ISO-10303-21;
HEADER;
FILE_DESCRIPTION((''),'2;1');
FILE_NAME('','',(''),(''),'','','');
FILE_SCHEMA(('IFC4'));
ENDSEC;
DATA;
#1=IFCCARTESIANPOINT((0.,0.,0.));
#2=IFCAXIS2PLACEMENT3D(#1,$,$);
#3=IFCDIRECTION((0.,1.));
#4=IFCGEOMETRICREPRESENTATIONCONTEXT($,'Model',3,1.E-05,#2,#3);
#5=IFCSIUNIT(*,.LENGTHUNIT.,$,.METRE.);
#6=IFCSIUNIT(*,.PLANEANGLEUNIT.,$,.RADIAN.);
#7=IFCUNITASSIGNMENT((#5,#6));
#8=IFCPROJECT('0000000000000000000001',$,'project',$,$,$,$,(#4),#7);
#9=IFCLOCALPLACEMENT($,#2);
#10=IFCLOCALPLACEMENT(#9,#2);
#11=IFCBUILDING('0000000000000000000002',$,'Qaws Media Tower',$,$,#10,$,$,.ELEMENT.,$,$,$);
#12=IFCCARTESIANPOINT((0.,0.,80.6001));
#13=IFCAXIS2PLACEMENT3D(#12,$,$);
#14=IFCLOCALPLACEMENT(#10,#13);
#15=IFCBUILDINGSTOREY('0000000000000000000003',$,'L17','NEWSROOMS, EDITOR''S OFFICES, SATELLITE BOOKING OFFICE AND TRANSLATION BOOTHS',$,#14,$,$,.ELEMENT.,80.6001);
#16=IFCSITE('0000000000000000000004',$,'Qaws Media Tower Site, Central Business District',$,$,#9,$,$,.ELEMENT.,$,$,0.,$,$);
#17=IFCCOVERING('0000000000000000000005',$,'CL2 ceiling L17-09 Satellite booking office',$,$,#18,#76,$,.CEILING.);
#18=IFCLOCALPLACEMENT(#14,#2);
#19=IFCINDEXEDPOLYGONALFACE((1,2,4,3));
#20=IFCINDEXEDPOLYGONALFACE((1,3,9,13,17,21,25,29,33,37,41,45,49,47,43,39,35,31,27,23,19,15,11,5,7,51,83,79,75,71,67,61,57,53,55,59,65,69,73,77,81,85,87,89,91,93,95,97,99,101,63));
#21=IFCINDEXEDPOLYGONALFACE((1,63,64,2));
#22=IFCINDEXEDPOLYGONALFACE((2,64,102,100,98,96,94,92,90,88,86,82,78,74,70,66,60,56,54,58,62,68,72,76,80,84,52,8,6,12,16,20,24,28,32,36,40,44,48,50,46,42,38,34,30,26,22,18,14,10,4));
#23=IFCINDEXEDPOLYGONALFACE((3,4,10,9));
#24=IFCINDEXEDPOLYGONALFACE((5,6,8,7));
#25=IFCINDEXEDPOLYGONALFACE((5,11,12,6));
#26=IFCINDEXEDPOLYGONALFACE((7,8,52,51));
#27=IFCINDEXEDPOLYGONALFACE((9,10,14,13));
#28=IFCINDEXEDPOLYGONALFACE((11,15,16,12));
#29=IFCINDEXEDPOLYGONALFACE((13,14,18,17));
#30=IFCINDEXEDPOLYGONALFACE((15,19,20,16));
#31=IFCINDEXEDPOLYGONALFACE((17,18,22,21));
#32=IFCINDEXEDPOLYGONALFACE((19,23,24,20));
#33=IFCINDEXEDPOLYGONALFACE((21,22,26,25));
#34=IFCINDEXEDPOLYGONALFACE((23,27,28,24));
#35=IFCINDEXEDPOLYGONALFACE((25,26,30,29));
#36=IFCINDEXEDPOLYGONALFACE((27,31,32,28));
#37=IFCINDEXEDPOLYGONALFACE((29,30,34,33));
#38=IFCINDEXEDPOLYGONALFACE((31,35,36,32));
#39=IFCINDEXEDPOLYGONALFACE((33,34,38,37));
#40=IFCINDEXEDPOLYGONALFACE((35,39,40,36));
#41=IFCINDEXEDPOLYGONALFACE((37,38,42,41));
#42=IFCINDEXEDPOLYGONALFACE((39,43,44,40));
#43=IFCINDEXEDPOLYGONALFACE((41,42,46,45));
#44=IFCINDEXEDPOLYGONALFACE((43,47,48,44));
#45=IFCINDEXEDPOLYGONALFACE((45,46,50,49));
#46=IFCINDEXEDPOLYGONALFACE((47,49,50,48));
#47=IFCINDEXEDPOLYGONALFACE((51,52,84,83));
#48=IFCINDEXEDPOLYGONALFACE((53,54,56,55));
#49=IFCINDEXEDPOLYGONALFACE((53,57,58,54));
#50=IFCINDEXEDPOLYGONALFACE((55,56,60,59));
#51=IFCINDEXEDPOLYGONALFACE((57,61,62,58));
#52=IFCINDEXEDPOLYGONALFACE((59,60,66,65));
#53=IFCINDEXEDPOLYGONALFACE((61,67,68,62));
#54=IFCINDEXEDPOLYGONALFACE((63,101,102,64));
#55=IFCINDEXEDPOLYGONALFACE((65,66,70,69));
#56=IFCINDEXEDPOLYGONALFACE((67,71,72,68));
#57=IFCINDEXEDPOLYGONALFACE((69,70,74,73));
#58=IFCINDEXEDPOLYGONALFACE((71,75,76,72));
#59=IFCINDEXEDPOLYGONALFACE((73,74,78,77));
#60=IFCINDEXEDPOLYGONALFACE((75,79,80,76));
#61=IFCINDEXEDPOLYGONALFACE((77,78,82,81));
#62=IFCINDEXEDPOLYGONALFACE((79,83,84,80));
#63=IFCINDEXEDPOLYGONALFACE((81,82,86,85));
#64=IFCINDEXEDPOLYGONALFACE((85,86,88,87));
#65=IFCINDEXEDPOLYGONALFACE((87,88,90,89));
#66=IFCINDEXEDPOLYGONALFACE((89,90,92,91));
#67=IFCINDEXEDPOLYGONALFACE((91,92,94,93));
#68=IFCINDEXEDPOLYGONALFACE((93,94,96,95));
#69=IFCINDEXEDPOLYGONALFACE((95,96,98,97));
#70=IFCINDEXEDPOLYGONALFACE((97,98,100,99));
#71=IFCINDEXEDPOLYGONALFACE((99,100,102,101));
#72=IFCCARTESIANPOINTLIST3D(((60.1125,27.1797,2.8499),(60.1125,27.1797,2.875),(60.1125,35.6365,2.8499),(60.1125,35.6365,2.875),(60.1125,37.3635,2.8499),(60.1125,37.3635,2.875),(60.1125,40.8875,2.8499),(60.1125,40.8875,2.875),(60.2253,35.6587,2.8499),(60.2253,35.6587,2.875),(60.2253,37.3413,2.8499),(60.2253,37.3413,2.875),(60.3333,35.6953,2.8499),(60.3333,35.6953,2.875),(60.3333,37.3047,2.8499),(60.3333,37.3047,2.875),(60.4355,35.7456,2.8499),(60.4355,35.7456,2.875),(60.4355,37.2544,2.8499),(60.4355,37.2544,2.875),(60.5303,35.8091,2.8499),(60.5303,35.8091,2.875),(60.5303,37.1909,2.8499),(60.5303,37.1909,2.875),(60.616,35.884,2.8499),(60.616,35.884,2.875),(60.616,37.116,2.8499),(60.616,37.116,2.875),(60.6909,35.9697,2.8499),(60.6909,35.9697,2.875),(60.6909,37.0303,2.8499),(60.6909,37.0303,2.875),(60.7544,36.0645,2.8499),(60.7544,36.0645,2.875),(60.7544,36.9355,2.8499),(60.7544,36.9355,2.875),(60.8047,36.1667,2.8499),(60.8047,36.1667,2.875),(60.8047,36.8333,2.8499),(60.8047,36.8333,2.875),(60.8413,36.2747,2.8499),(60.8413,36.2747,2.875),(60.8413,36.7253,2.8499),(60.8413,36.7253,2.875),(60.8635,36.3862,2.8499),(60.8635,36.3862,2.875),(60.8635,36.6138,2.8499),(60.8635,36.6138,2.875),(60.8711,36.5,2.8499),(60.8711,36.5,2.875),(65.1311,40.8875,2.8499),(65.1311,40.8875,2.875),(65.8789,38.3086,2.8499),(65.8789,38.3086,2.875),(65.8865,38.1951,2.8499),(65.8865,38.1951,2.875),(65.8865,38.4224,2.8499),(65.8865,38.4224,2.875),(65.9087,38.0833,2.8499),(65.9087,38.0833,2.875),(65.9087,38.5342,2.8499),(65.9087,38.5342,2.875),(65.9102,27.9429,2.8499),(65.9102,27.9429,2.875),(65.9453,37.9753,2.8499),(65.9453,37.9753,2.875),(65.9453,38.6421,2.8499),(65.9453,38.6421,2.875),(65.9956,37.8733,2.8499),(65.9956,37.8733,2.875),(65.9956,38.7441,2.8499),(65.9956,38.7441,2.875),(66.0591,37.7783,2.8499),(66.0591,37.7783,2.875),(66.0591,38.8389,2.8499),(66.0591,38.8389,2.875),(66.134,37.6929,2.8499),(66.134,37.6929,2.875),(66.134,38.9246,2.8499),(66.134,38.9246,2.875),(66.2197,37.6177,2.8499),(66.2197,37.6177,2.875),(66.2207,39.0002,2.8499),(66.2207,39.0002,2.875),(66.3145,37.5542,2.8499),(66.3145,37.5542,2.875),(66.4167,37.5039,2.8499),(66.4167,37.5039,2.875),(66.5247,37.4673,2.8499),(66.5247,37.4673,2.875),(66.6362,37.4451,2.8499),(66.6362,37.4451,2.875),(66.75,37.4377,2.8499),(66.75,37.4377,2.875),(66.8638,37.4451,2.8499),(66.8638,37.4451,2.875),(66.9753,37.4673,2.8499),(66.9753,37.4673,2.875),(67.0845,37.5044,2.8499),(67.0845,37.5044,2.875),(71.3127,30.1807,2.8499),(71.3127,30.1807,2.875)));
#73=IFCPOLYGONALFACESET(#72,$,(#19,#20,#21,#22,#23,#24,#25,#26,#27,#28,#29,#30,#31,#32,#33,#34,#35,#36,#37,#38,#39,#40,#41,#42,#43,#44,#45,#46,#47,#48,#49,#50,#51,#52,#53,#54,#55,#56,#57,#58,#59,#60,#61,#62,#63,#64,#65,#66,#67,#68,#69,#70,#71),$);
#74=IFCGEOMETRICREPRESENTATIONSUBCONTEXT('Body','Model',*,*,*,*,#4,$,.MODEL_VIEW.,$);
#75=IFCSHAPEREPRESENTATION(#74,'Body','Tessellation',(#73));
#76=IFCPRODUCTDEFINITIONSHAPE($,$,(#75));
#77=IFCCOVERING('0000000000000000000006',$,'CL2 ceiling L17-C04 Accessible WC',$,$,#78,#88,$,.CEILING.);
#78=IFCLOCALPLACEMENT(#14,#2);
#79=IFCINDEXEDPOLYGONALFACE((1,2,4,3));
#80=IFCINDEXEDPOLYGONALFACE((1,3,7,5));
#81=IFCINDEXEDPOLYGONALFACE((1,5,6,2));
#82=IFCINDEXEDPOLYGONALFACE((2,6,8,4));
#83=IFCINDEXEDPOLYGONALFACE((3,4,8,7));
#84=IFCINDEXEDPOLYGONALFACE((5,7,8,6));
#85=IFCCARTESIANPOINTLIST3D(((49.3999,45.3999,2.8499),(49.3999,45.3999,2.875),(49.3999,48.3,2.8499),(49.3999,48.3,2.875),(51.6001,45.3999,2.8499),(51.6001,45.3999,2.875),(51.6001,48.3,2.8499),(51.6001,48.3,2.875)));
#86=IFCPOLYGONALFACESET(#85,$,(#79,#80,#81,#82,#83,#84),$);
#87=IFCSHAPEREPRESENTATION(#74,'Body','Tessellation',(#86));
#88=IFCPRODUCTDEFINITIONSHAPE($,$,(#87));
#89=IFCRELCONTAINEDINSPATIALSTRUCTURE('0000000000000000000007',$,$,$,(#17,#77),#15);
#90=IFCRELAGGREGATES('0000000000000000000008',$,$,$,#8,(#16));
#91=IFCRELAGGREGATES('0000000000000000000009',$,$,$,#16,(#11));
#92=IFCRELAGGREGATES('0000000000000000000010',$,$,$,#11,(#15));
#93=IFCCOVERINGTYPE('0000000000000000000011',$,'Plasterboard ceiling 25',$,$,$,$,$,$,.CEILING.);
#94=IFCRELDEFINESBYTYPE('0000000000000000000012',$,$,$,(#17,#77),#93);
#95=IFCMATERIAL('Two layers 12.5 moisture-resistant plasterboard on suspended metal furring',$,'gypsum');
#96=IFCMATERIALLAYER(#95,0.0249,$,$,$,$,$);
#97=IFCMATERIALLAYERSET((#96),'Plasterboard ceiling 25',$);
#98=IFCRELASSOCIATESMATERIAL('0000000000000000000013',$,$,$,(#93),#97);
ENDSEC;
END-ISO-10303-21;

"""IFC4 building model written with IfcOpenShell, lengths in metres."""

from ifc_helpers import new_model, si_unit, direction, frame, origin, place, context, subcontext, project, spatial, polyline, outline, extrude, material, layer, layer_set, type_object, element, save


model = new_model("IFC4")

# Units and contexts
model_context = context("Model", 3, precision=1e-05, world=origin(), true_north=direction((0.0, 1.0)))
body_context = subcontext(model_context, "Body", "Model", "MODEL_VIEW")
ifc_project = project(units=[si_unit("LENGTHUNIT", "METRE"), si_unit("PLANEANGLEUNIT", "RADIAN")], contexts=[model_context])

# Site, building, storey
site_placement = place(None, origin())
site = spatial("IfcSite", under=ifc_project, at=site_placement, Name="Qaws Media Tower Site, Central Business District", CompositionType="ELEMENT", RefElevation=0.0)
building_placement = place(site_placement, origin())
building = spatial("IfcBuilding", under=site, at=building_placement, Name="Qaws Media Tower", CompositionType="ELEMENT")
storey_placement = place(building_placement, frame((0.0, 0.0, 80.6001)))
storey = spatial("IfcBuildingStorey", under=building, at=storey_placement, Name="L17", Description="NEWSROOMS, EDITOR'S OFFICES, SATELLITE BOOKING OFFICE AND TRANSLATION BOOTHS", CompositionType="ELEMENT", Elevation=80.6001)

# Coverings
ifc_material_1 = material(Name="Two layers 12.5 moisture-resistant plasterboard on suspended metal furring", Category="gypsum")
ifc_layer_1 = layer(ifc_material_1, 0.0249)
ifc_layer_set_1 = layer_set([ifc_layer_1], Name="Plasterboard ceiling 25")
covering_type_1 = type_object("IfcCoveringType", Name="Plasterboard ceiling 25", PredefinedType="CEILING", material=ifc_layer_set_1)
covering_1_placement = place(storey_placement, frame((0.0, 0.0, 2.8499)))
element("IfcCovering", 1, at=covering_1_placement, inside=storey, type_object=covering_type_1, Name="CL2 ceiling L17-09 Satellite booking office", PredefinedType="CEILING", context=body_context, shape_type="SweptSolid", body=[
    extrude(outline(polyline([(65.9102, 27.9429), (60.1125, 27.1797), (60.1125, 35.6365), (60.2253, 35.6587), (60.3333, 35.6953), (60.4355, 35.7456), (60.5303, 35.8091), (60.616, 35.884), (60.6909, 35.9697), (60.7544, 36.0645), (60.8047, 36.1667), (60.8413, 36.2747), (60.8635, 36.3862), (60.8711, 36.5), (60.8635, 36.6138), (60.8413, 36.7253), (60.8047, 36.8333), (60.7544, 36.9355), (60.6909, 37.0303), (60.616, 37.116), (60.5303, 37.1909), (60.4355, 37.2544), (60.3333, 37.3047), (60.2253, 37.3413), (60.1125, 37.3635), (60.1125, 40.8875), (65.1311, 40.8875), (66.2207, 39.0002), (66.134, 38.9246), (66.0591, 38.8389), (65.9956, 38.7441), (65.9453, 38.6421), (65.9087, 38.5342), (65.8865, 38.4224), (65.8789, 38.3086), (65.8865, 38.1951), (65.9087, 38.0833), (65.9453, 37.9753), (65.9956, 37.8733), (66.0591, 37.7783), (66.134, 37.6929), (66.2197, 37.6177), (66.3145, 37.5542), (66.4167, 37.5039), (66.5247, 37.4673), (66.6362, 37.4451), (66.75, 37.4377), (66.8638, 37.4451), (66.9753, 37.4673), (67.0845, 37.5044), (71.3127, 30.1807), (65.9102, 27.9429)])), origin(), (0.0, 0.0, 1.0), 0.0251),
])
covering_2_placement = place(storey_placement, frame((0.0, 0.0, 2.8499)))
element("IfcCovering", 2, at=covering_2_placement, inside=storey, type_object=covering_type_1, Name="CL2 ceiling L17-C04 Accessible WC", PredefinedType="CEILING", context=body_context, shape_type="SweptSolid", body=[
    extrude(outline(polyline([(49.3999, 45.3999), (49.3999, 48.3), (51.6001, 48.3), (51.6001, 45.3999), (49.3999, 45.3999)])), origin(), (0.0, 0.0, 1.0), 0.0251),
])

save(model, "model.ifc")
